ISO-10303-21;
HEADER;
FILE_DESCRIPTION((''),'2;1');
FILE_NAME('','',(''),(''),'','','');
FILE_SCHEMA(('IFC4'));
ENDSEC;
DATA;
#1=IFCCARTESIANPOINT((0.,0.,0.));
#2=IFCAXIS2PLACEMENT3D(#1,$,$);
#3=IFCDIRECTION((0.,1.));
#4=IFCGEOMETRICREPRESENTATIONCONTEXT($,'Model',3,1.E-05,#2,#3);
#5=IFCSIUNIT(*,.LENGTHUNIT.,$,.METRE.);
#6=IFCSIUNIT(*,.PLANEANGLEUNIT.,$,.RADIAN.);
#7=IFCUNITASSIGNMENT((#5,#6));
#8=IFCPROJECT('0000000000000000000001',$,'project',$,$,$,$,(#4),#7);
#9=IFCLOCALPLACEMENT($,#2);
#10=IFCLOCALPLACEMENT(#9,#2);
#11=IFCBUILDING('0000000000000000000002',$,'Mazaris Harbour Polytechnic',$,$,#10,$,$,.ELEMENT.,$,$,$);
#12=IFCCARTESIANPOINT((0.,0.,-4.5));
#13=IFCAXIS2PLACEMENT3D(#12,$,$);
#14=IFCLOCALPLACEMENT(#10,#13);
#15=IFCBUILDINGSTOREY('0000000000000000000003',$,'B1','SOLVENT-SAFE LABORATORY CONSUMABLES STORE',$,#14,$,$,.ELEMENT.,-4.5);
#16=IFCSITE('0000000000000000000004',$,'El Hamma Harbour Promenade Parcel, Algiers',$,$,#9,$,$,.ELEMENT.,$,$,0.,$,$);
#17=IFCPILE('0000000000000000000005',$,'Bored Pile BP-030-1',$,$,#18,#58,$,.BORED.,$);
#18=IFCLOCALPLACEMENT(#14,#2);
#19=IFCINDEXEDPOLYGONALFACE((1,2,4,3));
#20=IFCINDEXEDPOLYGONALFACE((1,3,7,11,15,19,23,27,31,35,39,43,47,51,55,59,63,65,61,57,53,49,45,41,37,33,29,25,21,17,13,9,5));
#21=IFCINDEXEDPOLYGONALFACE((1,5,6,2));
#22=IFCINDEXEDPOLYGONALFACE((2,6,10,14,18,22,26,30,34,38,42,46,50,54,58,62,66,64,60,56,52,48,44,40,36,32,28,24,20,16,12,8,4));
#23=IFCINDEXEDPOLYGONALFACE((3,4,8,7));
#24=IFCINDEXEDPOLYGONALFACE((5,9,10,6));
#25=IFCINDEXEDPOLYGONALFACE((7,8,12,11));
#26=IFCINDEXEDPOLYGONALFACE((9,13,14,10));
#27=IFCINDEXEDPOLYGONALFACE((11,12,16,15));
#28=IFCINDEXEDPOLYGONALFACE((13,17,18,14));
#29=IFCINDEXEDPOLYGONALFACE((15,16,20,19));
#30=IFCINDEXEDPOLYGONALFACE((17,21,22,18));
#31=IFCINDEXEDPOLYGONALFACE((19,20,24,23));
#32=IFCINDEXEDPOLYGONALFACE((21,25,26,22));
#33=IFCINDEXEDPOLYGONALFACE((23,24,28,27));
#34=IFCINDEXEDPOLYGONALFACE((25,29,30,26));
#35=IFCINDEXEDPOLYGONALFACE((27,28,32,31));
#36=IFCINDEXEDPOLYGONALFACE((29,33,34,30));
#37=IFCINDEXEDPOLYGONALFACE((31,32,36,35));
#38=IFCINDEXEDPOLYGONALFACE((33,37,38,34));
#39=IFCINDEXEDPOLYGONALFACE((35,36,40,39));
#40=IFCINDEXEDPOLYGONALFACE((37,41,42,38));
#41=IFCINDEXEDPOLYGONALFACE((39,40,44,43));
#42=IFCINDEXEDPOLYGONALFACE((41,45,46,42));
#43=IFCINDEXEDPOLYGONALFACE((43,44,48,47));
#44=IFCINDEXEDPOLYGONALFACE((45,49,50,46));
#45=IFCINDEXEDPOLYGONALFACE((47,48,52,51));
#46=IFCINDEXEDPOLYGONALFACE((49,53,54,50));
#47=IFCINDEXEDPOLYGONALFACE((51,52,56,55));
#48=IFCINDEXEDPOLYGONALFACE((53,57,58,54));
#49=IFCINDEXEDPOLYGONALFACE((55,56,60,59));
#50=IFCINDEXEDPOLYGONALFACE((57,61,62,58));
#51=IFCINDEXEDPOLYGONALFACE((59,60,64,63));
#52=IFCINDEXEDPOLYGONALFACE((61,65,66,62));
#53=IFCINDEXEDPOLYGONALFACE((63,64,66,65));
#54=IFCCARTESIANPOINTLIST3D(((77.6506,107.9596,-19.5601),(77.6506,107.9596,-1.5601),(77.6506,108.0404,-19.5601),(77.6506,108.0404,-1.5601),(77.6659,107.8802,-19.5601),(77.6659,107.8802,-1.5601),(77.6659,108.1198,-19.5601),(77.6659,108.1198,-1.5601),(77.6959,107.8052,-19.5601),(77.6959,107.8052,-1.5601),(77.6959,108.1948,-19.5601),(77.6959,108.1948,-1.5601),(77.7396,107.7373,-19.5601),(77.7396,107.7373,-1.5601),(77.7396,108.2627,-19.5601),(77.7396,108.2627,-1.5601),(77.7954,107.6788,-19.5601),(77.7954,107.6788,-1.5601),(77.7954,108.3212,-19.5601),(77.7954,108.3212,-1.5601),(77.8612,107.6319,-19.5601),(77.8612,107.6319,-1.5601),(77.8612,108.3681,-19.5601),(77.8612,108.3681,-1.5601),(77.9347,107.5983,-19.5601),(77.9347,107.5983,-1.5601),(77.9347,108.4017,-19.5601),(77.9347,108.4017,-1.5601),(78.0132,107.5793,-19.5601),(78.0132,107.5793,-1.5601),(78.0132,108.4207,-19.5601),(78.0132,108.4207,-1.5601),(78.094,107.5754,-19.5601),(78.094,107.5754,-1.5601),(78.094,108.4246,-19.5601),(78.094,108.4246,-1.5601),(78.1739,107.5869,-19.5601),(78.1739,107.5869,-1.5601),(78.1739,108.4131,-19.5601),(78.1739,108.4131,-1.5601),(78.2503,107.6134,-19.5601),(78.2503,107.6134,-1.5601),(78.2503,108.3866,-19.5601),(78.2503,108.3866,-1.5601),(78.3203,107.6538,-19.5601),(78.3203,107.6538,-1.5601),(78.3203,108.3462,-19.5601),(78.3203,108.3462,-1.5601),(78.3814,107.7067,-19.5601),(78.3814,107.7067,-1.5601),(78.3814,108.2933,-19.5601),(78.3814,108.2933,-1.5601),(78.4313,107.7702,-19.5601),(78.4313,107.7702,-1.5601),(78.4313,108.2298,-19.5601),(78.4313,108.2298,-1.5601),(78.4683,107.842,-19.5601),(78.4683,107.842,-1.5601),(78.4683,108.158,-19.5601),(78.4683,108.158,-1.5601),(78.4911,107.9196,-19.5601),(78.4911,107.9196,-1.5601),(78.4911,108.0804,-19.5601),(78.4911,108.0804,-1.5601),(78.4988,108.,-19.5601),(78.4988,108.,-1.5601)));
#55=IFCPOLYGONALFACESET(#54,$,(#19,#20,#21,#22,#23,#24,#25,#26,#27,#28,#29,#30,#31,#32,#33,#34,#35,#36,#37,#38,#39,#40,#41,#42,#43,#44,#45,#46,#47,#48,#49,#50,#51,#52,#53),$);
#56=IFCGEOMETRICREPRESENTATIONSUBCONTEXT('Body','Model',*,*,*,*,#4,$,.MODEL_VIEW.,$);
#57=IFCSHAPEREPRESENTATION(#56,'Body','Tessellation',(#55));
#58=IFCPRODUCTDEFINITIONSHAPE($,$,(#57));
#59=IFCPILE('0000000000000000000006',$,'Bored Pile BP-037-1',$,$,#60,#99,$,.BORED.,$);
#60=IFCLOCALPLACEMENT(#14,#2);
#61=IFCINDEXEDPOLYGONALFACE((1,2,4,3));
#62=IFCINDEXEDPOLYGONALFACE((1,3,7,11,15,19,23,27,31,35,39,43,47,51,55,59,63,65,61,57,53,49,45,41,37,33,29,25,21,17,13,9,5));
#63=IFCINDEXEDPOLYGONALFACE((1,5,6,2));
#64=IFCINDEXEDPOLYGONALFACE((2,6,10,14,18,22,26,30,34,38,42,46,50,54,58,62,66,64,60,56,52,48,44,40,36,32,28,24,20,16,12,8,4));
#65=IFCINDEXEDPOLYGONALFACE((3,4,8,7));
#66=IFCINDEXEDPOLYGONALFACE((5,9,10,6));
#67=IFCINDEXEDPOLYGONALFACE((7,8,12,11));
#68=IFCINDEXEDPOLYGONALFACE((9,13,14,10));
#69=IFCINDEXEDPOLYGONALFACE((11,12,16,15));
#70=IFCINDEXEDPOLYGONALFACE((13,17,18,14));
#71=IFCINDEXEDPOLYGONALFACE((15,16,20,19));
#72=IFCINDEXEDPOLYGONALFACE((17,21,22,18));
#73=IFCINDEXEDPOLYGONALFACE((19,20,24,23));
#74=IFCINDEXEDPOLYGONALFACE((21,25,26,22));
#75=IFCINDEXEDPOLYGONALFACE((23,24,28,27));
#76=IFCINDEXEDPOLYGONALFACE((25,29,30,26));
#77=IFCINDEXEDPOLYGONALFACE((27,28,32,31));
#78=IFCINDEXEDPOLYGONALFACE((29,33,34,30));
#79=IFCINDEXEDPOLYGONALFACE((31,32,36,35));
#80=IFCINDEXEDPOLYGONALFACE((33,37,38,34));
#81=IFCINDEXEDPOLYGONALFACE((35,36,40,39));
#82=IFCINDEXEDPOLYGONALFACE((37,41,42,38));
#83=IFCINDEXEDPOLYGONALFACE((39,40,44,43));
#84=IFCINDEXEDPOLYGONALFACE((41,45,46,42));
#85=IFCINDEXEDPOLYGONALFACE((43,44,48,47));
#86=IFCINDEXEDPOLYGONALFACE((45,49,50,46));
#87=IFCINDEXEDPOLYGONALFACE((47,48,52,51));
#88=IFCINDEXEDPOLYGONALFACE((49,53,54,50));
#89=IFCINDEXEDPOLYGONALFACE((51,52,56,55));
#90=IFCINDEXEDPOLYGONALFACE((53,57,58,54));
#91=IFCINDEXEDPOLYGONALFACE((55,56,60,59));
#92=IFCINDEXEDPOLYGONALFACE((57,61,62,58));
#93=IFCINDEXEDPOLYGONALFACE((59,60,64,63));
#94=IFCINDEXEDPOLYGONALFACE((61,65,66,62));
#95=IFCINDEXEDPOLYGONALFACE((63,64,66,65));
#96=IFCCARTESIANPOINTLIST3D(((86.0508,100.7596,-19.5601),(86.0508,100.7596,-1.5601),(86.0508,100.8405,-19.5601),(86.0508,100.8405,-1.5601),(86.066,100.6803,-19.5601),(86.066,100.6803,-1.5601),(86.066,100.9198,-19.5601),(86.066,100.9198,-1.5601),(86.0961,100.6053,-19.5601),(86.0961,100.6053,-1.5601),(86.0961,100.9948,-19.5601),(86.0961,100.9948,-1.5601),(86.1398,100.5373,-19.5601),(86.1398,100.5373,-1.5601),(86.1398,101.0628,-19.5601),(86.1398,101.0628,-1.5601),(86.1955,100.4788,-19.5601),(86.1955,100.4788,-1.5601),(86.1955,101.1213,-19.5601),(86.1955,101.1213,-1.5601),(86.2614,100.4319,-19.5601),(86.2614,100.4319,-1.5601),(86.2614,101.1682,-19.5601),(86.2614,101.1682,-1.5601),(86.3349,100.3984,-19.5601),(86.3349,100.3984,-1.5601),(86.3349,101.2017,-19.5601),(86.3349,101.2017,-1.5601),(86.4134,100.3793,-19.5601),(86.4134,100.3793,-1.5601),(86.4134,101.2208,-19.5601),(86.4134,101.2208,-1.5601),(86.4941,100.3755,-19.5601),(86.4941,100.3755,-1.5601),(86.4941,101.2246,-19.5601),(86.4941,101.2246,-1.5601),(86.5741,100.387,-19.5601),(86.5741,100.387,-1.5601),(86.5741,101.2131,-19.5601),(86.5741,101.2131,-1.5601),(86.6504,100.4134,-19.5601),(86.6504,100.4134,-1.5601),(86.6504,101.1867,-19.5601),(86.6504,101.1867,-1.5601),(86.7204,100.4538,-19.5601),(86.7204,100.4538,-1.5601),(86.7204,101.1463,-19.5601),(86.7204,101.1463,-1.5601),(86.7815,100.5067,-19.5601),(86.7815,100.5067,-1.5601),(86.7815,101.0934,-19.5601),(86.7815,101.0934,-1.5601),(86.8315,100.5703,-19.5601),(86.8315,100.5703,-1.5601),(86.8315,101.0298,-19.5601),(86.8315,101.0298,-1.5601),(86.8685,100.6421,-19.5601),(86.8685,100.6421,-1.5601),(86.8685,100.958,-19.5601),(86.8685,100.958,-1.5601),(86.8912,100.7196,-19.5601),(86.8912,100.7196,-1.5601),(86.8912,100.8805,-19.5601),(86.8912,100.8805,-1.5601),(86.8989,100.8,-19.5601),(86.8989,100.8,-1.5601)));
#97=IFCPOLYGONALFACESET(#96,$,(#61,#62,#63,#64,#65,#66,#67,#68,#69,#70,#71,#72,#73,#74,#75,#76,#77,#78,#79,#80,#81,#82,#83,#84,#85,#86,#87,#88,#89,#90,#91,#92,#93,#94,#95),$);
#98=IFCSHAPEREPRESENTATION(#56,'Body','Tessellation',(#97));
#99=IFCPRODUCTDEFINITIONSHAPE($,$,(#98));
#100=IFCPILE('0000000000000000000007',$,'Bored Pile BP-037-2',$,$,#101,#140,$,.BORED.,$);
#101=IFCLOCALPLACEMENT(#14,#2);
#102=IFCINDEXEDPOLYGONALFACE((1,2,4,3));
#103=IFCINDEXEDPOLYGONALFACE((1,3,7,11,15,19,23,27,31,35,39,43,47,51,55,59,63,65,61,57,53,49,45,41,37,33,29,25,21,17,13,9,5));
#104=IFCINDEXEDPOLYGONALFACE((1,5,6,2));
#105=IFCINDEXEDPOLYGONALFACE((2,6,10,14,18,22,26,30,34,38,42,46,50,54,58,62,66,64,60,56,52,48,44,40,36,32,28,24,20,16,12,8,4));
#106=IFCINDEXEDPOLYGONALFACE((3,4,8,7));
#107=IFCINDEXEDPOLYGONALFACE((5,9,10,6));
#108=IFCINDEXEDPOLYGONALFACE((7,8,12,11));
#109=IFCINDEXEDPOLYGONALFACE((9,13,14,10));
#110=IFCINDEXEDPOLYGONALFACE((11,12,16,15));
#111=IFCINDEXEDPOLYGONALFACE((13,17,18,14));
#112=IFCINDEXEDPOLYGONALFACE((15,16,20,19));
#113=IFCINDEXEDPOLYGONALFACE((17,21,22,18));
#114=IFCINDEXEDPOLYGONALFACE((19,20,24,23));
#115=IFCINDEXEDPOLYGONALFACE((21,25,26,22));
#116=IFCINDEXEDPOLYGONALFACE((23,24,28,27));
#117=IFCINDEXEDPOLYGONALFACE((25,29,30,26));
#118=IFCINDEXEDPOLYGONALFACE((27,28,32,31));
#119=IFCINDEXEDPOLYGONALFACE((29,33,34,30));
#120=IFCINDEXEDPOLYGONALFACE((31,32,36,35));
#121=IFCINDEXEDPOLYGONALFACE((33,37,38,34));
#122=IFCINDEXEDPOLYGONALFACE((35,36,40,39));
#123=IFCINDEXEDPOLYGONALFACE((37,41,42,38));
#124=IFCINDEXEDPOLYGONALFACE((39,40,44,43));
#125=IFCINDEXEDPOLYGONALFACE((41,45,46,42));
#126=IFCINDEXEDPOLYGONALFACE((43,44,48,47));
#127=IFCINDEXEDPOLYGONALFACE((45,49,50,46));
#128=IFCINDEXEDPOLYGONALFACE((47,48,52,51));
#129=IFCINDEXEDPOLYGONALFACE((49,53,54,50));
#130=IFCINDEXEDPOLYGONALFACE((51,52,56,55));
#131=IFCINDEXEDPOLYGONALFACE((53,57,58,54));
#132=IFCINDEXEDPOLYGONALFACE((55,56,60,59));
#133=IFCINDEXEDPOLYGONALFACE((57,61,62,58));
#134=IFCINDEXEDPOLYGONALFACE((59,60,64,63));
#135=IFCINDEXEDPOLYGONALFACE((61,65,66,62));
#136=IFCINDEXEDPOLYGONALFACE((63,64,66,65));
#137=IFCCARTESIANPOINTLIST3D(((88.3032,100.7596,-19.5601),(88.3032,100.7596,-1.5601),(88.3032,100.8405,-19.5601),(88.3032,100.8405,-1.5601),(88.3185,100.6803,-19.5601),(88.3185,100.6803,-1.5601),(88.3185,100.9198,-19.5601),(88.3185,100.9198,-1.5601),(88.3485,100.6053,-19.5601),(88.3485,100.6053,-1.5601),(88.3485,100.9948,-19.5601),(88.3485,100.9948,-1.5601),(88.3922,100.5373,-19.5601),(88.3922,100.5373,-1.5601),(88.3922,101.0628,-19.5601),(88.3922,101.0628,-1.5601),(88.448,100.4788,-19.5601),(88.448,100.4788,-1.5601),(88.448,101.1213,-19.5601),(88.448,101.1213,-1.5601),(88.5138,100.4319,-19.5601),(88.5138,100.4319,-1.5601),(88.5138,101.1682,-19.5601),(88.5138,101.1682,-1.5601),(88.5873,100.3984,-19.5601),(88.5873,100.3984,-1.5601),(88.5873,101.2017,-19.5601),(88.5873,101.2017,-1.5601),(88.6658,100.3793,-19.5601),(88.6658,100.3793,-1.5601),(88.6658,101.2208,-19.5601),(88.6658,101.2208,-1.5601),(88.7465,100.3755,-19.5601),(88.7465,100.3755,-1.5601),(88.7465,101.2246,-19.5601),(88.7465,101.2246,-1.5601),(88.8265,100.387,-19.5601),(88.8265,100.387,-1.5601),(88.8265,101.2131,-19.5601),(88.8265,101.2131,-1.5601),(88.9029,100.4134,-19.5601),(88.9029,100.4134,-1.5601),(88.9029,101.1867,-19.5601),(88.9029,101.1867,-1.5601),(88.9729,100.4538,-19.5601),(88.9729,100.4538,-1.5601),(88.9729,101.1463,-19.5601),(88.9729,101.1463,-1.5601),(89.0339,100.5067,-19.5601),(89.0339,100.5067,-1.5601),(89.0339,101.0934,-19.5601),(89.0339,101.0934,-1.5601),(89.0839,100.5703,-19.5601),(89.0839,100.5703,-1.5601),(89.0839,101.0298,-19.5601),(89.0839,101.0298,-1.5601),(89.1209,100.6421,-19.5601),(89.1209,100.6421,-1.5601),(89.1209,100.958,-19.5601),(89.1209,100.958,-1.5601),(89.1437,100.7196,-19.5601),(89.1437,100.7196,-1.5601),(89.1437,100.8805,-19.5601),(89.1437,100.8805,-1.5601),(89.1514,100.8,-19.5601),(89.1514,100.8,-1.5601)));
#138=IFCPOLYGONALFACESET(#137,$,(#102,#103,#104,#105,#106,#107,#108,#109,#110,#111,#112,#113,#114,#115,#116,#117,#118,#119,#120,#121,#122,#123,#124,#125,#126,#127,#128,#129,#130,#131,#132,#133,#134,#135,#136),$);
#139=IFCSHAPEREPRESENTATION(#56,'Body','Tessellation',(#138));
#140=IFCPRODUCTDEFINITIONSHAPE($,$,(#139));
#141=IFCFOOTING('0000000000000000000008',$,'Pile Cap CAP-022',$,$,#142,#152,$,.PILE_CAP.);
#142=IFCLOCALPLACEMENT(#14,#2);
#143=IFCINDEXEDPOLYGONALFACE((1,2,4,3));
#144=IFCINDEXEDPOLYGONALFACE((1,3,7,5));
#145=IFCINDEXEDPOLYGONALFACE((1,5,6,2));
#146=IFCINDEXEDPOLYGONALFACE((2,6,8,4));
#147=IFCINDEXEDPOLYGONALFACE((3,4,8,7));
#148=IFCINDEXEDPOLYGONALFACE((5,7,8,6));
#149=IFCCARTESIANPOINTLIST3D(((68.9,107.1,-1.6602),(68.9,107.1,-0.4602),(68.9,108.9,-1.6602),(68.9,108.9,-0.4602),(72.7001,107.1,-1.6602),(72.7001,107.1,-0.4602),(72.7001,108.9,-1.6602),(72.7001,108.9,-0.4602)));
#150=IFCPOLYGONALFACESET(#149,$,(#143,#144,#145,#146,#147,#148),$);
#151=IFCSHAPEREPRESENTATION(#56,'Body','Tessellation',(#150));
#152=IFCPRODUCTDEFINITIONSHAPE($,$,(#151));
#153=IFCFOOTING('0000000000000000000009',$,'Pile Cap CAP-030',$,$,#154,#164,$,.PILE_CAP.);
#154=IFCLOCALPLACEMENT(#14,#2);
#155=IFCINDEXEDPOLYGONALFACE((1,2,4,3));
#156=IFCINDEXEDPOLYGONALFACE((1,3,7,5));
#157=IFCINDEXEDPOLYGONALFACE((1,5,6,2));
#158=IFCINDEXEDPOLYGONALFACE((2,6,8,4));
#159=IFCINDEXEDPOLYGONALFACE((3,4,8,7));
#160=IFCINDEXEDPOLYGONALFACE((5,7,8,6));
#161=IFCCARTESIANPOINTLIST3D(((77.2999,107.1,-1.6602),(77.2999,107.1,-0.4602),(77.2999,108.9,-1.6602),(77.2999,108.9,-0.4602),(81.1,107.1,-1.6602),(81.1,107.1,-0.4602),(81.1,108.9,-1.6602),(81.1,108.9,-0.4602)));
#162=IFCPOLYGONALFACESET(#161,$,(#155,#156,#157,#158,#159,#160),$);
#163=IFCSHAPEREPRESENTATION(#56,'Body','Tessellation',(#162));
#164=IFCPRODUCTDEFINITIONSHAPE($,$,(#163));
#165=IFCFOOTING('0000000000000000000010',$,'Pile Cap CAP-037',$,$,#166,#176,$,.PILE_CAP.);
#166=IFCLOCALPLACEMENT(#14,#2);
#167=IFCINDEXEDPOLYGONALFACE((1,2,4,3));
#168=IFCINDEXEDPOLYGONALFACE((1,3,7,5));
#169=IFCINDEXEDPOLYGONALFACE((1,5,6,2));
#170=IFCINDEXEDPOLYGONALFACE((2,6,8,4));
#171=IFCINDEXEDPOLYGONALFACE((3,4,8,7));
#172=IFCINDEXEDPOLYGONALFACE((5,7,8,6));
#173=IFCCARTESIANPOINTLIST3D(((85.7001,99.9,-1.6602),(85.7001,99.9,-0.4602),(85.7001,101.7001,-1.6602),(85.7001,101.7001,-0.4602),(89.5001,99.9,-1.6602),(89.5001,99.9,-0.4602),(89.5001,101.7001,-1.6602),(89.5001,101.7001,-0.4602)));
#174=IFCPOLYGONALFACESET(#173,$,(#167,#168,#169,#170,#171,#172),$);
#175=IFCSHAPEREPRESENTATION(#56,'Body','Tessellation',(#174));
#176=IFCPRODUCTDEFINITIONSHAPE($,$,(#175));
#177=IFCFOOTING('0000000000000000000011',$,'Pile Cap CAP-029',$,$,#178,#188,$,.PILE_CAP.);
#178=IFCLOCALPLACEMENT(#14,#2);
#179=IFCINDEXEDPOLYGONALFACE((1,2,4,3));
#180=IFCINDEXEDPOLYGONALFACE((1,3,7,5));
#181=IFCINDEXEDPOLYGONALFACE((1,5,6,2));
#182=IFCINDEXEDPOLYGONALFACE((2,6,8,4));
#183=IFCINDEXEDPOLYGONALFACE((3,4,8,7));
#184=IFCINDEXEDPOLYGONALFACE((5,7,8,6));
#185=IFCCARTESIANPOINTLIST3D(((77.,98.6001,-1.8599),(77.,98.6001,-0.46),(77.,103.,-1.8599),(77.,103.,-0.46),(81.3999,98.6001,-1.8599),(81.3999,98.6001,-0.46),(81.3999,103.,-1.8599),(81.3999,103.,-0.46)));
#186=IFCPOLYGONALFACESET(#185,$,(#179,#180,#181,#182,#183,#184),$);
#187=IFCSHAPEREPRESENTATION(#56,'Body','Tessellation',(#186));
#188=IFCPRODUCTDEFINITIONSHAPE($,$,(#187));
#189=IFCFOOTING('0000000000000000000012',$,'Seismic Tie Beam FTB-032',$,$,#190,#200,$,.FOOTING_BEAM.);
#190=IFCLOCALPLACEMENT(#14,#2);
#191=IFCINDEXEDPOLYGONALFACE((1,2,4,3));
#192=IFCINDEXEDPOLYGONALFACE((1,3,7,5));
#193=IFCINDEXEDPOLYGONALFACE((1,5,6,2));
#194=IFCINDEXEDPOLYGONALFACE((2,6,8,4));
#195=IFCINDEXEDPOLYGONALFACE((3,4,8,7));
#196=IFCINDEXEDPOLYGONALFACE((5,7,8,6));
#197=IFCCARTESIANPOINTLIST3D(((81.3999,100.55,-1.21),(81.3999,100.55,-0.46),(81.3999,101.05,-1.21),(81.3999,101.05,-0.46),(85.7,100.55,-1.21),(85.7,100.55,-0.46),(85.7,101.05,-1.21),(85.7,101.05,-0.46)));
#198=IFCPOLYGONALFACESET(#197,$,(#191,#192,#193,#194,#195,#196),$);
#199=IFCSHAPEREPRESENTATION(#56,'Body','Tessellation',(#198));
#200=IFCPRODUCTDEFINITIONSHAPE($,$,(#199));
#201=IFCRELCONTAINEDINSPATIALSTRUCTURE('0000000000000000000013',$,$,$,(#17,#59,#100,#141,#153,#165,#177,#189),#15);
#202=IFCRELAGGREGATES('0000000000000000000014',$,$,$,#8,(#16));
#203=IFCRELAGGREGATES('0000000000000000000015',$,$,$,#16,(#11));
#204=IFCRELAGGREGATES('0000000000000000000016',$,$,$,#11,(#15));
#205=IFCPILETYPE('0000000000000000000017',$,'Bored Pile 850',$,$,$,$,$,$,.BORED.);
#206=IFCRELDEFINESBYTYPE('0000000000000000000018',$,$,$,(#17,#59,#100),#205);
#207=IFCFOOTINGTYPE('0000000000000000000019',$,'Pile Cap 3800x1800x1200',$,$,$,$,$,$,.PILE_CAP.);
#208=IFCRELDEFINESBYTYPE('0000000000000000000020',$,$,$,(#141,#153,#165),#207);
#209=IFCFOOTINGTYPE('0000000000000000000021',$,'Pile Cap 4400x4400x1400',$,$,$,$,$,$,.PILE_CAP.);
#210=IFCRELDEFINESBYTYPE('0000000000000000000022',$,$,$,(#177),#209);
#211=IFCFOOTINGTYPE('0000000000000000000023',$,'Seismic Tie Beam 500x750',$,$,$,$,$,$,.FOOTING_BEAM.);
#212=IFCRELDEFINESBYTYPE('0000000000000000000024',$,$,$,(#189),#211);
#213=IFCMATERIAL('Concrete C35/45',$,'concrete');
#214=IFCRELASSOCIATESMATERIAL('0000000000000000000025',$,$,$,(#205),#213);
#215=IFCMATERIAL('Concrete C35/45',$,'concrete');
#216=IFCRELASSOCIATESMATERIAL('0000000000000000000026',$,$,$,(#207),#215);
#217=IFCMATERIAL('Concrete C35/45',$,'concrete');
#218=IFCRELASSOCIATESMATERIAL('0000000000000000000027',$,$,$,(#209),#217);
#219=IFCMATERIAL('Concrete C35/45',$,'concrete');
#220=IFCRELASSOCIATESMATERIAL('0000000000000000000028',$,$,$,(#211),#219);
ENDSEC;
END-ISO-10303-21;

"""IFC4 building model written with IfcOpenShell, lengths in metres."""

from ifc_helpers import new_model, si_unit, direction, frame, origin, origin_2d, place, context, subcontext, project, spatial, rectangle, circle, extrude, material, material_profile, profile_set, type_object, element, save


model = new_model("IFC4")

# Units and contexts
model_context = context("Model", 3, precision=1e-05, world=origin(), true_north=direction((0.0, 1.0)))
body_context = subcontext(model_context, "Body", "Model", "MODEL_VIEW")
ifc_project = project(units=[si_unit("LENGTHUNIT", "METRE"), si_unit("PLANEANGLEUNIT", "RADIAN")], contexts=[model_context])

# Site, building, storey
site_placement = place(None, origin())
site = spatial("IfcSite", under=ifc_project, at=site_placement, Name="El Hamma Harbour Promenade Parcel, Algiers", CompositionType="ELEMENT", RefElevation=0.0)
building_placement = place(site_placement, origin())
building = spatial("IfcBuilding", under=site, at=building_placement, Name="Mazaris Harbour Polytechnic", CompositionType="ELEMENT")
storey_placement = place(building_placement, frame((0.0, 0.0, -4.5)))
storey = spatial("IfcBuildingStorey", under=building, at=storey_placement, Name="B1", Description="SOLVENT-SAFE LABORATORY CONSUMABLES STORE", CompositionType="ELEMENT", Elevation=-4.5)

# Piles
ifc_material_1 = material(Name="Concrete C35/45", Category="concrete")
ifc_material_profile_1 = material_profile(ifc_material_1, circle(Radius=0.425, at=origin_2d()), Name="DIA850")
ifc_profile_set_1 = profile_set([ifc_material_profile_1], Name="Concrete C35/45")
pile_type_1 = type_object("IfcPileType", Name="Bored Pile 850", PredefinedType="BORED", material=ifc_profile_set_1)
for number, where, z_axis, x_axis, name in (
    (1, (78.0737, 108.0, -1.5601), (0.0, 0.0, -1.0), (1.0, 0.0, 0.0), "Bored Pile BP-030-1"),
    (2, (86.4739, 100.8, -1.5601), (0.0, 0.0, -1.0), (1.0, 0.0, 0.0), "Bored Pile BP-037-1"),
    (3, (88.7263, 100.8, -1.5601), (0.0, 0.0, -1.0), (1.0, 0.0, 0.0), "Bored Pile BP-037-2"),
):
    element("IfcPile", number, at=place(storey_placement, frame(where, z_axis=z_axis, x_axis=x_axis)), inside=storey, type_object=pile_type_1, Name=name, PredefinedType="BORED", context=body_context, shape_type="SweptSolid", body=[
        extrude(circle(Radius=0.425, at=origin_2d()), origin(), (0.0, 0.0, 1.0), 18.0),
    ])

# Footings
ifc_material_2 = material(Name="Concrete C35/45", Category="concrete")
footing_type_1 = type_object("IfcFootingType", Name="Pile Cap 3800x1800x1200", PredefinedType="PILE_CAP", material=ifc_material_2)
for number, where, z_axis, x_axis, name in (
    (4, (70.8, 108.0, -1.6602), (0.0, 0.0, 1.0), (1.0, 0.0, 0.0), "Pile Cap CAP-022"),
    (5, (79.2, 108.0, -1.6602), (0.0, 0.0, 1.0), (1.0, 0.0, 0.0), "Pile Cap CAP-030"),
    (6, (87.6001, 100.8, -1.6602), (0.0, 0.0, 1.0), (1.0, 0.0, 0.0), "Pile Cap CAP-037"),
):
    element("IfcFooting", number, at=place(storey_placement, frame(where, z_axis=z_axis, x_axis=x_axis)), inside=storey, type_object=footing_type_1, Name=name, PredefinedType="PILE_CAP", context=body_context, shape_type="SweptSolid", body=[
        extrude(rectangle(XDim=3.8, YDim=1.8, at=origin_2d()), origin(), (0.0, 0.0, 1.0), 1.2),
    ])
ifc_material_3 = material(Name="Concrete C35/45", Category="concrete")
footing_type_2 = type_object("IfcFootingType", Name="Pile Cap 4400x4400x1400", PredefinedType="PILE_CAP", material=ifc_material_3)
footing_1_placement = place(storey_placement, frame((79.2, 100.8, -1.8599), z_axis=(0.0, 0.0, 1.0), x_axis=(1.0, 0.0, 0.0)))
element("IfcFooting", 7, at=footing_1_placement, inside=storey, type_object=footing_type_2, Name="Pile Cap CAP-029", PredefinedType="PILE_CAP", context=body_context, shape_type="SweptSolid", body=[
    extrude(rectangle(XDim=4.3999, YDim=4.3999, at=origin_2d()), origin(), (0.0, 0.0, 1.0), 1.3999),
])
ifc_material_4 = material(Name="Concrete C35/45", Category="concrete")
ifc_material_profile_2 = material_profile(ifc_material_4, rectangle(XDim=0.5, YDim=0.75, at=origin_2d()), Name="RECT500x750")
ifc_profile_set_2 = profile_set([ifc_material_profile_2], Name="Concrete C35/45")
footing_type_3 = type_object("IfcFootingType", Name="Seismic Tie Beam 500x750", PredefinedType="FOOTING_BEAM", material=ifc_profile_set_2)
footing_2_placement = place(storey_placement, frame((81.3999, 100.8, -0.835), z_axis=(1.0, 0.0, 0.0), x_axis=(0.0, 1.0, 0.0)))
element("IfcFooting", 8, at=footing_2_placement, inside=storey, type_object=footing_type_3, Name="Seismic Tie Beam FTB-032", PredefinedType="FOOTING_BEAM", context=body_context, shape_type="SweptSolid", body=[
    extrude(rectangle(XDim=0.5, YDim=0.75, at=origin_2d()), origin(), (0.0, 0.0, 1.0), 4.3),
])

save(model, "model.ifc")
